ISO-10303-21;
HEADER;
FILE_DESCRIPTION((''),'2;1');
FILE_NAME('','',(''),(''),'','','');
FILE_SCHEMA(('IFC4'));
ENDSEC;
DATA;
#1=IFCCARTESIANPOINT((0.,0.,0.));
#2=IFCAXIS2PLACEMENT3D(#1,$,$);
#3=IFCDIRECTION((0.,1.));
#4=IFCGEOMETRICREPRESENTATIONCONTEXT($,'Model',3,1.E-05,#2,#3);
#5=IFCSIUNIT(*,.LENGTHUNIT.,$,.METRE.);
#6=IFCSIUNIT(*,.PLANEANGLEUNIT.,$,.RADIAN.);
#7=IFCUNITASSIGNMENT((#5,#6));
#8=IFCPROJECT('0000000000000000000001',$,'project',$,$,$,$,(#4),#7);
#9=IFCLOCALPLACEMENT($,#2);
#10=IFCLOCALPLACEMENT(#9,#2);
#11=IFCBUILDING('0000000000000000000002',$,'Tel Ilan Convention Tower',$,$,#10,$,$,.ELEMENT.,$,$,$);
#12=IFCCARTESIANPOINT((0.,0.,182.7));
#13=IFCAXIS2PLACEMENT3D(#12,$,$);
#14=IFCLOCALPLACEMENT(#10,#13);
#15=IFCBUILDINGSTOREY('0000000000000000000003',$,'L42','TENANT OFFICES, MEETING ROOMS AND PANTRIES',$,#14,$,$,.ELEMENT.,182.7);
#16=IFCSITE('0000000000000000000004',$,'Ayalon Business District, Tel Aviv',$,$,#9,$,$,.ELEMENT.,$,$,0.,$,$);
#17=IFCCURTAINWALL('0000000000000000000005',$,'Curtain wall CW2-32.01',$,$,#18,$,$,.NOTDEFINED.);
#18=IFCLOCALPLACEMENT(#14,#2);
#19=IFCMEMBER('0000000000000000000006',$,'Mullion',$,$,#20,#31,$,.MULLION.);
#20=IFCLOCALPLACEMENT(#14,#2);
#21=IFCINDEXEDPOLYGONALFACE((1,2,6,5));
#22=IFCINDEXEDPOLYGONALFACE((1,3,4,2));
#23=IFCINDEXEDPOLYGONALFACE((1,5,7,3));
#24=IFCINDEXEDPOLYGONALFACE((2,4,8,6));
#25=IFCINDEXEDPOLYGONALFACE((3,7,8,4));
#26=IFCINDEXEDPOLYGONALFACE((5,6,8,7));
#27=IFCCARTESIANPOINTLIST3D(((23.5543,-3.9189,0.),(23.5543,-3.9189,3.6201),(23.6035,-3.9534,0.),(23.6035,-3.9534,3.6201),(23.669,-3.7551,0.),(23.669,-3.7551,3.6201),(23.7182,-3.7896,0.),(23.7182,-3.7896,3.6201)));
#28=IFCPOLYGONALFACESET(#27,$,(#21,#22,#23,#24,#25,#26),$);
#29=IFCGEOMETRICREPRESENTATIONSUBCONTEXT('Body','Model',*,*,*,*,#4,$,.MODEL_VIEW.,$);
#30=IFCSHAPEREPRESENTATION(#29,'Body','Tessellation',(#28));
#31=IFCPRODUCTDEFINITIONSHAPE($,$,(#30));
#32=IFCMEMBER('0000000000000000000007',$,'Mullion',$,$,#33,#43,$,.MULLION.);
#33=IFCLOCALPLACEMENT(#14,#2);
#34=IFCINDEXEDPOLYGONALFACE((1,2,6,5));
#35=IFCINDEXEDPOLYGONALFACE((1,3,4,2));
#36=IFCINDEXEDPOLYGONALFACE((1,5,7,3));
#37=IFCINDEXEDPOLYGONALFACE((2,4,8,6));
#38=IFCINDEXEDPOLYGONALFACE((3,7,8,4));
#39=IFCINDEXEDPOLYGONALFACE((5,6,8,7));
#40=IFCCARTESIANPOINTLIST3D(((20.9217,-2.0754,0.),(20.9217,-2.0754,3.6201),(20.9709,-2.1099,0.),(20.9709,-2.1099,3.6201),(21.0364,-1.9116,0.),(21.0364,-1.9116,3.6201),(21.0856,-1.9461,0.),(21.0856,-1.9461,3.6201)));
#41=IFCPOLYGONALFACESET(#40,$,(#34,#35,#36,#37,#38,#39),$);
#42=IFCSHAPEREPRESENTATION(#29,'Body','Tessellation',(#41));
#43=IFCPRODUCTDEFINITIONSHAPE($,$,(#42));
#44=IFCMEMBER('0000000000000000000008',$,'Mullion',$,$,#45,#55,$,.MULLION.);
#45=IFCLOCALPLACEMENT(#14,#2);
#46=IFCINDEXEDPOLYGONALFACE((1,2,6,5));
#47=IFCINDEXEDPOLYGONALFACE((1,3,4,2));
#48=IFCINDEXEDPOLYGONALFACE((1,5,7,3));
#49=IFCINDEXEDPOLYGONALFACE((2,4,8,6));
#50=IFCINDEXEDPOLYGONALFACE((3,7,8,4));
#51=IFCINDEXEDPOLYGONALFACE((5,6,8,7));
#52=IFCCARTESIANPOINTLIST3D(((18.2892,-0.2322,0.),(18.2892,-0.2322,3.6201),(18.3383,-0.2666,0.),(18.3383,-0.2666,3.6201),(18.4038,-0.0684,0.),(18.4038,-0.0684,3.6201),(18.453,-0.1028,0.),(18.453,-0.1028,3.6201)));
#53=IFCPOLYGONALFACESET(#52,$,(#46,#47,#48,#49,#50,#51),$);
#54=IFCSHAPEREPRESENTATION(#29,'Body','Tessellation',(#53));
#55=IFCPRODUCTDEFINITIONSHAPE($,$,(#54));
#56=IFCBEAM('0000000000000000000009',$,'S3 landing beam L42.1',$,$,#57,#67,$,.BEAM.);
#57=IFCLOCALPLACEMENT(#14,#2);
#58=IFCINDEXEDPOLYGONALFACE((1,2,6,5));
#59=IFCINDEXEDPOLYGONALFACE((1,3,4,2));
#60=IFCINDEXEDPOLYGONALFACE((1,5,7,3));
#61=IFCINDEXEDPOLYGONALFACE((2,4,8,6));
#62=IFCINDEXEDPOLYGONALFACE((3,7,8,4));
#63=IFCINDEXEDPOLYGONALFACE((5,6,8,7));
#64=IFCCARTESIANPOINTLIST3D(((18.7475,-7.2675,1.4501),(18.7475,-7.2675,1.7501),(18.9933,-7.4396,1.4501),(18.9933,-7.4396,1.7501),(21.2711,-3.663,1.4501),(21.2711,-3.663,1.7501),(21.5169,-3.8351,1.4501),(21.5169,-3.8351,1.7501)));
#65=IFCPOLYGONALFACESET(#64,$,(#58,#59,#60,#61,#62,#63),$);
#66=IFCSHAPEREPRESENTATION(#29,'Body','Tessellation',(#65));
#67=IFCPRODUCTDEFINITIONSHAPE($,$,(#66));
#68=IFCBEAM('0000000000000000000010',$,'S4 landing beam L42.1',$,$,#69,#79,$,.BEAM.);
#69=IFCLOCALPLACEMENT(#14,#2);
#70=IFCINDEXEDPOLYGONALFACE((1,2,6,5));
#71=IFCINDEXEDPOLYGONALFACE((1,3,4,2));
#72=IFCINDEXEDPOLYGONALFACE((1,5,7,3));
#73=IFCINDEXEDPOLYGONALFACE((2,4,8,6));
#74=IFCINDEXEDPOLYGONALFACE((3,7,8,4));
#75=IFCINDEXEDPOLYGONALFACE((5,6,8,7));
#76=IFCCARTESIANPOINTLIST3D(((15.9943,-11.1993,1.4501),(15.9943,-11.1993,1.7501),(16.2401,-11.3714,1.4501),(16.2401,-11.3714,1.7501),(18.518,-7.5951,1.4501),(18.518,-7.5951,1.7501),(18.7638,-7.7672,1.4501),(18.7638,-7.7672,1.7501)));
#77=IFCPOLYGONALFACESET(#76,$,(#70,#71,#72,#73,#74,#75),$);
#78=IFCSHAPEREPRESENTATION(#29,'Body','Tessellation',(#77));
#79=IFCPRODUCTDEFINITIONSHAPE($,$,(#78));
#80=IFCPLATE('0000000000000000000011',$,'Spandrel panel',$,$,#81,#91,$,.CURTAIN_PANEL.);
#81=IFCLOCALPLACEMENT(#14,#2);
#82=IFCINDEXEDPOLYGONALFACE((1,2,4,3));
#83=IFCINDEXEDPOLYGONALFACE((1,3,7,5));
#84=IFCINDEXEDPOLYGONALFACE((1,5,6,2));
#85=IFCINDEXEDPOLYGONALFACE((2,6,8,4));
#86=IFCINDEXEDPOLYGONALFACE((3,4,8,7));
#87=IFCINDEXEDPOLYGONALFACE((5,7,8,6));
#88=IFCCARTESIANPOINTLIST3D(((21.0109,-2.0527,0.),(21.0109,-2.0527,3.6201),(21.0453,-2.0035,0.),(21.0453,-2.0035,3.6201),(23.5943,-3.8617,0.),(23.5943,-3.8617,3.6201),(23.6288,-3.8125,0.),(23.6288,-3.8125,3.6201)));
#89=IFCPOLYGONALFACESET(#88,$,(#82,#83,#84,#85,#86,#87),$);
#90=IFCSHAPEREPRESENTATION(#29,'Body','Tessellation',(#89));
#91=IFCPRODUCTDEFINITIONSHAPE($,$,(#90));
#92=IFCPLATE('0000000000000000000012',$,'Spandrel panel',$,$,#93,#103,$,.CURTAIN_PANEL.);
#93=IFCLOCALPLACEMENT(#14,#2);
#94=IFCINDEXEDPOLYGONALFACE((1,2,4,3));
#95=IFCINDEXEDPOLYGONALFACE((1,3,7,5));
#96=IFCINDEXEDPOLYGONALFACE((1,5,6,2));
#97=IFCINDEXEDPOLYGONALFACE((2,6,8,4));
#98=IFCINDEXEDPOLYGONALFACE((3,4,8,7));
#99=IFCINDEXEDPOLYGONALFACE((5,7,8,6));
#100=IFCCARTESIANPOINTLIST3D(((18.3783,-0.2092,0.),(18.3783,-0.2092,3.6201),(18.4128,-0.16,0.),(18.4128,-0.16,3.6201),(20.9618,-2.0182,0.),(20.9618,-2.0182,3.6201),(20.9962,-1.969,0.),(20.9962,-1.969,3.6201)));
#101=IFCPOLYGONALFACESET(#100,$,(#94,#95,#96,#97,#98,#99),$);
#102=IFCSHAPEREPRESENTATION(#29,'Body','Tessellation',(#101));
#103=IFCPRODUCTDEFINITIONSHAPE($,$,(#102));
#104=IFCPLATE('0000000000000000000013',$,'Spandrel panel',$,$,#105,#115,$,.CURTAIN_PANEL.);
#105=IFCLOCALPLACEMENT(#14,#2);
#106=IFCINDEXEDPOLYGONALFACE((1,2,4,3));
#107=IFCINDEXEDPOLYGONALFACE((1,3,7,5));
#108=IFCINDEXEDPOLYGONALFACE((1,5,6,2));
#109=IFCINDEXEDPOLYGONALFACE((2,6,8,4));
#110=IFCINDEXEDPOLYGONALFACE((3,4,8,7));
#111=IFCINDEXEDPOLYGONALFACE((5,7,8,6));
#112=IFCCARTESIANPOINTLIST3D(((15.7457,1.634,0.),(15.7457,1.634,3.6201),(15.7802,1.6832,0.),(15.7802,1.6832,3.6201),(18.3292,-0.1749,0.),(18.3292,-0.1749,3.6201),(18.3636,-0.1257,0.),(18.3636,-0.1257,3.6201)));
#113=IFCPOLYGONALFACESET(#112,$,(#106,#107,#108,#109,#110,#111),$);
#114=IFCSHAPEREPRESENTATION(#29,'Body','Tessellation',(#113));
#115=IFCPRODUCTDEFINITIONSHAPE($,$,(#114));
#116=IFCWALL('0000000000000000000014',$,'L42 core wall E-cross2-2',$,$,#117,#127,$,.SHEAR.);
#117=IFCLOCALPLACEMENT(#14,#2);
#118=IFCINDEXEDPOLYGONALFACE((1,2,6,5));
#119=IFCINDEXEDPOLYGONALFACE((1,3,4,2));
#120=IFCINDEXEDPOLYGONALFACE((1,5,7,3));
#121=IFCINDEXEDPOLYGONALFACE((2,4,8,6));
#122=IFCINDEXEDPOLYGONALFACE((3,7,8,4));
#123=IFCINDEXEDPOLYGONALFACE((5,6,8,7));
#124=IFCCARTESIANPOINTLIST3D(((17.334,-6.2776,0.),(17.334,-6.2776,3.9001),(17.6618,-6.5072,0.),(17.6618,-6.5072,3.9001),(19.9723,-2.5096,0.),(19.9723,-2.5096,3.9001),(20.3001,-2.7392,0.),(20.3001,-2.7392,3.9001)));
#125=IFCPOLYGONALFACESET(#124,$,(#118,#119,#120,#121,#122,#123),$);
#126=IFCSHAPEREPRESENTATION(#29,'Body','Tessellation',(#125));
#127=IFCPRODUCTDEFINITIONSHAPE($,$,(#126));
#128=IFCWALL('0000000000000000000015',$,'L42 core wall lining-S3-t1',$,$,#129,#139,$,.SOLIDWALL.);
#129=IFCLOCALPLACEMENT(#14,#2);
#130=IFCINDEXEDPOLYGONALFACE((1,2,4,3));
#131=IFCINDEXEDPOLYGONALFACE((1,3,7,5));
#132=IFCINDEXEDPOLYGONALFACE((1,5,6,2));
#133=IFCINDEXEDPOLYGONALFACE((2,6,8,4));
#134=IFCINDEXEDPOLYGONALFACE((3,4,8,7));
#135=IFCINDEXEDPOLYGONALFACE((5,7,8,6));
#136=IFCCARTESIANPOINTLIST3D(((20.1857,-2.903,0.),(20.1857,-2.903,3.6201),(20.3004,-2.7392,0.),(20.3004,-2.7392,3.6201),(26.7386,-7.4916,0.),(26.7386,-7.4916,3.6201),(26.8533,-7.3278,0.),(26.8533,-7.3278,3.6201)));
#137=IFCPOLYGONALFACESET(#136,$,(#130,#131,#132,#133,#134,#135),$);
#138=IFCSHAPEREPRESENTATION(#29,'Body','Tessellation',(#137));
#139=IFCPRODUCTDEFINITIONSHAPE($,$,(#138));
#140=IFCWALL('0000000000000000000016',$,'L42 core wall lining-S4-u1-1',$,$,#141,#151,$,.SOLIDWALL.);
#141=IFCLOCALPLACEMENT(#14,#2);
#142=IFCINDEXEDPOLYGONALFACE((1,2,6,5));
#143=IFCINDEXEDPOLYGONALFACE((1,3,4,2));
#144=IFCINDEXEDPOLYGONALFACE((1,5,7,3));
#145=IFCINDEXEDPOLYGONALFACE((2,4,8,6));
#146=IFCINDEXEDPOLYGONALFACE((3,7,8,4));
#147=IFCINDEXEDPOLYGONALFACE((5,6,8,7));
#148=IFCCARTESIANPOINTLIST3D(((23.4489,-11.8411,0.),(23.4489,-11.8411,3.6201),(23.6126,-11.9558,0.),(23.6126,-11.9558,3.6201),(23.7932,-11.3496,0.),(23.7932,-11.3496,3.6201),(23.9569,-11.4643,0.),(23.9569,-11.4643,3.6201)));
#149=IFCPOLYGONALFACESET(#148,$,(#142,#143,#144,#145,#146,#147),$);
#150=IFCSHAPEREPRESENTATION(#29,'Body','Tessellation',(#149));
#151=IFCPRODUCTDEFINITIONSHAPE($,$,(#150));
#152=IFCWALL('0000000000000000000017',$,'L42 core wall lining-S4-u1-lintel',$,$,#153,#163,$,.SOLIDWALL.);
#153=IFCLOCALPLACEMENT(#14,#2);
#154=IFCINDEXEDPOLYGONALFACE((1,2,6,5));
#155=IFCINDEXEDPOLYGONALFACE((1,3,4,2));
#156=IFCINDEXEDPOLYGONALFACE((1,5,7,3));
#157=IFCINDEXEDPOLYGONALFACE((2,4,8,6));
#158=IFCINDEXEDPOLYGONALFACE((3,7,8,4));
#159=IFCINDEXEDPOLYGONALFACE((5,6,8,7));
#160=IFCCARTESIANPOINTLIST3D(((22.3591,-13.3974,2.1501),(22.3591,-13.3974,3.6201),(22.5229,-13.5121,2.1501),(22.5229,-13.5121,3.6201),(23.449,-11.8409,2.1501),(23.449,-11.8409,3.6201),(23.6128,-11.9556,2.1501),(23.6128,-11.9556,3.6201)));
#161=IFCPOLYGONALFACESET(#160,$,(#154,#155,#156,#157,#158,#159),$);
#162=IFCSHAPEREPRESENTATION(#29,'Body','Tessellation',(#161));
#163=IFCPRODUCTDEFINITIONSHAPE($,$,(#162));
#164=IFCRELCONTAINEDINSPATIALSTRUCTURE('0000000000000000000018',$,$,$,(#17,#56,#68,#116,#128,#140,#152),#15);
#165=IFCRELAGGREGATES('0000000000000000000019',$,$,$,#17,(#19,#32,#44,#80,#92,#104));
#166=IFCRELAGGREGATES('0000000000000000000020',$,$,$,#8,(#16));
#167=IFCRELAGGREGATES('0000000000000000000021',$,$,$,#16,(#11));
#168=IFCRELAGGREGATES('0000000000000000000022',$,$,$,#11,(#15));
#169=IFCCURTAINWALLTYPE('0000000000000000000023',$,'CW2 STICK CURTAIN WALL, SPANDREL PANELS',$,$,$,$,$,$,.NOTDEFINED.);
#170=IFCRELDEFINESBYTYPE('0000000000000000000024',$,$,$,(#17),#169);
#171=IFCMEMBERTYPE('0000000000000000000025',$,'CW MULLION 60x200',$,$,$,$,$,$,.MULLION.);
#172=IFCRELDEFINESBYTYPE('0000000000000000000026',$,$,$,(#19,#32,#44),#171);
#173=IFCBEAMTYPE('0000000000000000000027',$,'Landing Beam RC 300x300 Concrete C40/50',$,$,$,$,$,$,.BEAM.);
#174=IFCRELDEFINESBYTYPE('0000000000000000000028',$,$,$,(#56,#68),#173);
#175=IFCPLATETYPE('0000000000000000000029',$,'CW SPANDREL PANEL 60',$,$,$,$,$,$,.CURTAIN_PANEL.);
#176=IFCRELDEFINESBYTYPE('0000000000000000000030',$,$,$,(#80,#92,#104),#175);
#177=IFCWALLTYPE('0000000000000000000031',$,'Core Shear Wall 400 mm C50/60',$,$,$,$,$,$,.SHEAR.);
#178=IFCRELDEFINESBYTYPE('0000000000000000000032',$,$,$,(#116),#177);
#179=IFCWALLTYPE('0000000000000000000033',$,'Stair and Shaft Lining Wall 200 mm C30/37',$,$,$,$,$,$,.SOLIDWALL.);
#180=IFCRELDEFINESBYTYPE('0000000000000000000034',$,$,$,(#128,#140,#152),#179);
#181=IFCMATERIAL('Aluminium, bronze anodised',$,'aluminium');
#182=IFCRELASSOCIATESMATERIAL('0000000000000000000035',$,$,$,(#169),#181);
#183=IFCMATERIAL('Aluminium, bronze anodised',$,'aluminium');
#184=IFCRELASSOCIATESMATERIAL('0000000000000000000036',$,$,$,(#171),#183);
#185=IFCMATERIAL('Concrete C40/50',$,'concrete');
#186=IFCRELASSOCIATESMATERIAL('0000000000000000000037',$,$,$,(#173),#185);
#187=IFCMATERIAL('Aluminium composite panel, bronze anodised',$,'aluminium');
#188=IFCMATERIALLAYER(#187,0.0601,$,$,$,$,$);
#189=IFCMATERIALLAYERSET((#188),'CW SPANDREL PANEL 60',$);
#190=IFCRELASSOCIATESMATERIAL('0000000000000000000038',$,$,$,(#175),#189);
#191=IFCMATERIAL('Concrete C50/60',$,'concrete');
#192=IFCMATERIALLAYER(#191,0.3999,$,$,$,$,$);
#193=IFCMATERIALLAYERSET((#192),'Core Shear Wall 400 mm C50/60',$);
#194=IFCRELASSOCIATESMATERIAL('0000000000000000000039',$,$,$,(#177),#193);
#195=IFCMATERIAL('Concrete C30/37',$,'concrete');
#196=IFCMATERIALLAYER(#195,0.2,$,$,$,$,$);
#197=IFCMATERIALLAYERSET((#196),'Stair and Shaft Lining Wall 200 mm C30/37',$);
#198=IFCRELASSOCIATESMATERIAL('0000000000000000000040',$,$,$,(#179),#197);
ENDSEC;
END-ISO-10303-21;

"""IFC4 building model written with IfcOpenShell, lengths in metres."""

from ifc_helpers import new_model, si_unit, direction, frame, frame_2d, origin, origin_2d, place, context, subcontext, project, spatial, polyline, rectangle, outline, extrude, material, layer, layer_set, material_profile, profile_set, type_object, element, aggregate, save


model = new_model("IFC4")

# Units and contexts
model_context = context("Model", 3, precision=1e-05, world=origin(), true_north=direction((0.0, 1.0)))
body_context = subcontext(model_context, "Body", "Model", "MODEL_VIEW")
ifc_project = project(units=[si_unit("LENGTHUNIT", "METRE"), si_unit("PLANEANGLEUNIT", "RADIAN")], contexts=[model_context])

# Site, building, storey
site_placement = place(None, origin())
site = spatial("IfcSite", under=ifc_project, at=site_placement, Name="Ayalon Business District, Tel Aviv", CompositionType="ELEMENT", RefElevation=0.0)
building_placement = place(site_placement, origin())
building = spatial("IfcBuilding", under=site, at=building_placement, Name="Tel Ilan Convention Tower", CompositionType="ELEMENT")
storey_placement = place(building_placement, frame((0.0, 0.0, 182.7)))
storey = spatial("IfcBuildingStorey", under=building, at=storey_placement, Name="L42", Description="TENANT OFFICES, MEETING ROOMS AND PANTRIES", CompositionType="ELEMENT", Elevation=182.7)

# Curtain wall, members
ifc_material_1 = material(Name="Aluminium, bronze anodised", Category="aluminium")
curtain_wall_type = type_object("IfcCurtainWallType", Name="CW2 STICK CURTAIN WALL, SPANDREL PANELS", PredefinedType="NOTDEFINED", material=ifc_material_1)
curtain_wall_placement = place(storey_placement, origin())
curtain_wall = element("IfcCurtainWall", 1, at=curtain_wall_placement, inside=storey, type_object=curtain_wall_type, Name="Curtain wall CW2-32.01", PredefinedType="NOTDEFINED")
ifc_material_2 = material(Name="Aluminium, bronze anodised", Category="aluminium")
ifc_material_profile_1 = material_profile(ifc_material_2, rectangle(XDim=0.0601, YDim=0.2, at=origin_2d()), Name="CW MULLION 60x200")
ifc_profile_set_1 = profile_set([ifc_material_profile_1], Name="Aluminium, bronze anodised")
member_type = type_object("IfcMemberType", Name="CW MULLION 60x200", PredefinedType="MULLION", material=ifc_profile_set_1)
member_1_placement = place(storey_placement, frame((23.6362, -3.8542, 0.0), z_axis=(0.0, 0.0, 1.0), x_axis=(-0.819152, 0.573576, 0.0)))
member_1 = element("IfcMember", 2, at=member_1_placement, type_object=member_type, Name="Mullion", PredefinedType="MULLION", context=body_context, shape_type="SweptSolid", body=[
    extrude(rectangle(XDim=0.0601, YDim=0.2, at=origin_2d()), origin(), (0.0, 0.0, 1.0), 3.6201),
])
member_2_placement = place(storey_placement, frame((21.0037, -2.0107, 0.0), z_axis=(0.0, 0.0, 1.0), x_axis=(-0.819152, 0.573576, 0.0)))
member_2 = element("IfcMember", 3, at=member_2_placement, type_object=member_type, Name="Mullion", PredefinedType="MULLION", context=body_context, shape_type="SweptSolid", body=[
    extrude(rectangle(XDim=0.0601, YDim=0.2, at=origin_2d()), origin(), (0.0, 0.0, 1.0), 3.6201),
])
member_3_placement = place(storey_placement, frame((18.3711, -0.1675, 0.0), z_axis=(0.0, 0.0, 1.0), x_axis=(-0.819152, 0.573576, 0.0)))
member_3 = element("IfcMember", 4, at=member_3_placement, type_object=member_type, Name="Mullion", PredefinedType="MULLION", context=body_context, shape_type="SweptSolid", body=[
    extrude(rectangle(XDim=0.0601, YDim=0.2, at=origin_2d()), origin(), (0.0, 0.0, 1.0), 3.6201),
])

# Beams
ifc_material_3 = material(Name="Concrete C40/50", Category="concrete")
ifc_material_profile_2 = material_profile(ifc_material_3, rectangle(XDim=0.3, YDim=0.3, at=origin_2d()), Name="RC 300x300")
ifc_profile_set_2 = profile_set([ifc_material_profile_2], Name="Concrete C40/50")
beam_type = type_object("IfcBeamType", Name="Landing Beam RC 300x300 Concrete C40/50", PredefinedType="BEAM", material=ifc_profile_set_2)
beam_1_placement = place(storey_placement, frame((21.394, -3.749, 1.6001), z_axis=(-0.573544, -0.819175, 0.0), x_axis=(0.819175, -0.573544, 0.0)))
element("IfcBeam", 5, at=beam_1_placement, inside=storey, type_object=beam_type, Name="S3 landing beam L42.1", PredefinedType="BEAM", context=body_context, shape_type="SweptSolid", body=[
    extrude(rectangle(XDim=0.3, YDim=0.3, at=origin_2d()), origin(), (0.0, 0.0, 1.0), 4.4001),
])
beam_2_placement = place(storey_placement, frame((18.6409, -7.6812, 1.6001), z_axis=(-0.57357, -0.819156, 0.0), x_axis=(0.819156, -0.57357, 0.0)))
element("IfcBeam", 6, at=beam_2_placement, inside=storey, type_object=beam_type, Name="S4 landing beam L42.1", PredefinedType="BEAM", context=body_context, shape_type="SweptSolid", body=[
    extrude(rectangle(XDim=0.3, YDim=0.3, at=origin_2d()), origin(), (0.0, 0.0, 1.0), 4.3999),
])

# Plates
ifc_material_4 = material(Name="Aluminium composite panel, bronze anodised", Category="aluminium")
ifc_layer_1 = layer(ifc_material_4, 0.0601)
ifc_layer_set_1 = layer_set([ifc_layer_1], Name="CW SPANDREL PANEL 60")
plate_type = type_object("IfcPlateType", Name="CW SPANDREL PANEL 60", PredefinedType="CURTAIN_PANEL", material=ifc_layer_set_1)
plate_1_placement = place(storey_placement, frame((22.3198, -2.9326, 0.0), z_axis=(0.0, 0.0, 1.0), x_axis=(-0.819152, 0.573576, 0.0)))
plate_1 = element("IfcPlate", 7, at=plate_1_placement, type_object=plate_type, Name="Spandrel panel", PredefinedType="CURTAIN_PANEL", context=body_context, shape_type="SweptSolid", body=[
    extrude(rectangle(XDim=3.1538, YDim=0.0601, at=origin_2d()), origin(), (0.0, 0.0, 1.0), 3.6201),
])
plate_2_placement = place(storey_placement, frame((19.6873, -1.0891, 0.0), z_axis=(0.0, 0.0, 1.0), x_axis=(-0.819152, 0.573576, 0.0)))
plate_2 = element("IfcPlate", 8, at=plate_2_placement, type_object=plate_type, Name="Spandrel panel", PredefinedType="CURTAIN_PANEL", context=body_context, shape_type="SweptSolid", body=[
    extrude(rectangle(XDim=3.1538, YDim=0.0601, at=origin_2d()), origin(), (0.0, 0.0, 1.0), 3.6201),
])
plate_3_placement = place(storey_placement, frame((17.0547, 0.7542, 0.0), z_axis=(0.0, 0.0, 1.0), x_axis=(-0.819152, 0.573576, 0.0)))
plate_3 = element("IfcPlate", 9, at=plate_3_placement, type_object=plate_type, Name="Spandrel panel", PredefinedType="CURTAIN_PANEL", context=body_context, shape_type="SweptSolid", body=[
    extrude(rectangle(XDim=3.1538, YDim=0.0601, at=origin_2d()), origin(), (0.0, 0.0, 1.0), 3.6201),
])
aggregate(curtain_wall, [member_1, member_2, member_3, plate_1, plate_2, plate_3])

# Walls
ifc_material_5 = material(Name="Concrete C50/60", Category="concrete")
ifc_layer_2 = layer(ifc_material_5, 0.3999)
ifc_layer_set_2 = layer_set([ifc_layer_2], Name="Core Shear Wall 400 mm C50/60")
wall_type_1 = type_object("IfcWallType", Name="Core Shear Wall 400 mm C50/60", PredefinedType="SHEAR", material=ifc_layer_set_2)
wall_1_placement = place(storey_placement, frame((17.4978, -6.3923, 0.0), z_axis=(0.0, 0.0, 1.0), x_axis=(0.573612, 0.819127, 0.0)))
element("IfcWall", 10, at=wall_1_placement, inside=storey, type_object=wall_type_1, Name="L42 core wall E-cross2-2", PredefinedType="SHEAR", context=body_context, shape_type="SweptSolid", body=[
    extrude(outline(polyline([(4.5999, -0.2), (4.5999, 0.2002), (0.0, 0.2), (0.0, -0.2002), (4.5999, -0.2)])), origin(), (0.0, 0.0, 1.0), 3.9001),
])
ifc_material_6 = material(Name="Concrete C30/37", Category="concrete")
ifc_layer_3 = layer(ifc_material_6, 0.2)
ifc_layer_set_3 = layer_set([ifc_layer_3], Name="Stair and Shaft Lining Wall 200 mm C30/37")
wall_type_2 = type_object("IfcWallType", Name="Stair and Shaft Lining Wall 200 mm C30/37", PredefinedType="SOLIDWALL", material=ifc_layer_set_3)
wall_2_placement = place(storey_placement, frame((20.2429, -2.821, 0.0), z_axis=(0.0, 0.0, 1.0), x_axis=(0.819142, -0.573591, 0.0)))
element("IfcWall", 11, at=wall_2_placement, inside=storey, type_object=wall_type_2, Name="L42 core wall lining-S3-t1", PredefinedType="SOLIDWALL", context=body_context, shape_type="SweptSolid", body=[
    extrude(rectangle(XDim=7.9998, YDim=0.2, at=frame_2d((4.0, 0.0))), origin(), (0.0, 0.0, 1.0), 3.6201),
])
wall_3_placement = place(storey_placement, frame((23.5308, -11.8984, 0.0), z_axis=(0.0, 0.0, 1.0), x_axis=(0.573708, 0.81906, 0.0)))
element("IfcWall", 12, at=wall_3_placement, inside=storey, type_object=wall_type_2, Name="L42 core wall lining-S4-u1-1", PredefinedType="SOLIDWALL", context=body_context, shape_type="SweptSolid", body=[
    extrude(rectangle(XDim=0.6001, YDim=0.2, at=frame_2d((0.3, 0.0))), origin(), (0.0, 0.0, 1.0), 3.6201),
])
wall_4_placement = place(storey_placement, frame((22.4409, -13.4548, 2.1501), z_axis=(0.0, 0.0, 1.0), x_axis=(0.573592, 0.819141, 0.0)))
element("IfcWall", 13, at=wall_4_placement, inside=storey, type_object=wall_type_2, Name="L42 core wall lining-S4-u1-lintel", PredefinedType="SOLIDWALL", context=body_context, shape_type="SweptSolid", body=[
    extrude(rectangle(XDim=1.9001, YDim=0.2, at=frame_2d((0.9502, 0.0))), origin(), (0.0, 0.0, 1.0), 1.47),
])

save(model, "model.ifc")
